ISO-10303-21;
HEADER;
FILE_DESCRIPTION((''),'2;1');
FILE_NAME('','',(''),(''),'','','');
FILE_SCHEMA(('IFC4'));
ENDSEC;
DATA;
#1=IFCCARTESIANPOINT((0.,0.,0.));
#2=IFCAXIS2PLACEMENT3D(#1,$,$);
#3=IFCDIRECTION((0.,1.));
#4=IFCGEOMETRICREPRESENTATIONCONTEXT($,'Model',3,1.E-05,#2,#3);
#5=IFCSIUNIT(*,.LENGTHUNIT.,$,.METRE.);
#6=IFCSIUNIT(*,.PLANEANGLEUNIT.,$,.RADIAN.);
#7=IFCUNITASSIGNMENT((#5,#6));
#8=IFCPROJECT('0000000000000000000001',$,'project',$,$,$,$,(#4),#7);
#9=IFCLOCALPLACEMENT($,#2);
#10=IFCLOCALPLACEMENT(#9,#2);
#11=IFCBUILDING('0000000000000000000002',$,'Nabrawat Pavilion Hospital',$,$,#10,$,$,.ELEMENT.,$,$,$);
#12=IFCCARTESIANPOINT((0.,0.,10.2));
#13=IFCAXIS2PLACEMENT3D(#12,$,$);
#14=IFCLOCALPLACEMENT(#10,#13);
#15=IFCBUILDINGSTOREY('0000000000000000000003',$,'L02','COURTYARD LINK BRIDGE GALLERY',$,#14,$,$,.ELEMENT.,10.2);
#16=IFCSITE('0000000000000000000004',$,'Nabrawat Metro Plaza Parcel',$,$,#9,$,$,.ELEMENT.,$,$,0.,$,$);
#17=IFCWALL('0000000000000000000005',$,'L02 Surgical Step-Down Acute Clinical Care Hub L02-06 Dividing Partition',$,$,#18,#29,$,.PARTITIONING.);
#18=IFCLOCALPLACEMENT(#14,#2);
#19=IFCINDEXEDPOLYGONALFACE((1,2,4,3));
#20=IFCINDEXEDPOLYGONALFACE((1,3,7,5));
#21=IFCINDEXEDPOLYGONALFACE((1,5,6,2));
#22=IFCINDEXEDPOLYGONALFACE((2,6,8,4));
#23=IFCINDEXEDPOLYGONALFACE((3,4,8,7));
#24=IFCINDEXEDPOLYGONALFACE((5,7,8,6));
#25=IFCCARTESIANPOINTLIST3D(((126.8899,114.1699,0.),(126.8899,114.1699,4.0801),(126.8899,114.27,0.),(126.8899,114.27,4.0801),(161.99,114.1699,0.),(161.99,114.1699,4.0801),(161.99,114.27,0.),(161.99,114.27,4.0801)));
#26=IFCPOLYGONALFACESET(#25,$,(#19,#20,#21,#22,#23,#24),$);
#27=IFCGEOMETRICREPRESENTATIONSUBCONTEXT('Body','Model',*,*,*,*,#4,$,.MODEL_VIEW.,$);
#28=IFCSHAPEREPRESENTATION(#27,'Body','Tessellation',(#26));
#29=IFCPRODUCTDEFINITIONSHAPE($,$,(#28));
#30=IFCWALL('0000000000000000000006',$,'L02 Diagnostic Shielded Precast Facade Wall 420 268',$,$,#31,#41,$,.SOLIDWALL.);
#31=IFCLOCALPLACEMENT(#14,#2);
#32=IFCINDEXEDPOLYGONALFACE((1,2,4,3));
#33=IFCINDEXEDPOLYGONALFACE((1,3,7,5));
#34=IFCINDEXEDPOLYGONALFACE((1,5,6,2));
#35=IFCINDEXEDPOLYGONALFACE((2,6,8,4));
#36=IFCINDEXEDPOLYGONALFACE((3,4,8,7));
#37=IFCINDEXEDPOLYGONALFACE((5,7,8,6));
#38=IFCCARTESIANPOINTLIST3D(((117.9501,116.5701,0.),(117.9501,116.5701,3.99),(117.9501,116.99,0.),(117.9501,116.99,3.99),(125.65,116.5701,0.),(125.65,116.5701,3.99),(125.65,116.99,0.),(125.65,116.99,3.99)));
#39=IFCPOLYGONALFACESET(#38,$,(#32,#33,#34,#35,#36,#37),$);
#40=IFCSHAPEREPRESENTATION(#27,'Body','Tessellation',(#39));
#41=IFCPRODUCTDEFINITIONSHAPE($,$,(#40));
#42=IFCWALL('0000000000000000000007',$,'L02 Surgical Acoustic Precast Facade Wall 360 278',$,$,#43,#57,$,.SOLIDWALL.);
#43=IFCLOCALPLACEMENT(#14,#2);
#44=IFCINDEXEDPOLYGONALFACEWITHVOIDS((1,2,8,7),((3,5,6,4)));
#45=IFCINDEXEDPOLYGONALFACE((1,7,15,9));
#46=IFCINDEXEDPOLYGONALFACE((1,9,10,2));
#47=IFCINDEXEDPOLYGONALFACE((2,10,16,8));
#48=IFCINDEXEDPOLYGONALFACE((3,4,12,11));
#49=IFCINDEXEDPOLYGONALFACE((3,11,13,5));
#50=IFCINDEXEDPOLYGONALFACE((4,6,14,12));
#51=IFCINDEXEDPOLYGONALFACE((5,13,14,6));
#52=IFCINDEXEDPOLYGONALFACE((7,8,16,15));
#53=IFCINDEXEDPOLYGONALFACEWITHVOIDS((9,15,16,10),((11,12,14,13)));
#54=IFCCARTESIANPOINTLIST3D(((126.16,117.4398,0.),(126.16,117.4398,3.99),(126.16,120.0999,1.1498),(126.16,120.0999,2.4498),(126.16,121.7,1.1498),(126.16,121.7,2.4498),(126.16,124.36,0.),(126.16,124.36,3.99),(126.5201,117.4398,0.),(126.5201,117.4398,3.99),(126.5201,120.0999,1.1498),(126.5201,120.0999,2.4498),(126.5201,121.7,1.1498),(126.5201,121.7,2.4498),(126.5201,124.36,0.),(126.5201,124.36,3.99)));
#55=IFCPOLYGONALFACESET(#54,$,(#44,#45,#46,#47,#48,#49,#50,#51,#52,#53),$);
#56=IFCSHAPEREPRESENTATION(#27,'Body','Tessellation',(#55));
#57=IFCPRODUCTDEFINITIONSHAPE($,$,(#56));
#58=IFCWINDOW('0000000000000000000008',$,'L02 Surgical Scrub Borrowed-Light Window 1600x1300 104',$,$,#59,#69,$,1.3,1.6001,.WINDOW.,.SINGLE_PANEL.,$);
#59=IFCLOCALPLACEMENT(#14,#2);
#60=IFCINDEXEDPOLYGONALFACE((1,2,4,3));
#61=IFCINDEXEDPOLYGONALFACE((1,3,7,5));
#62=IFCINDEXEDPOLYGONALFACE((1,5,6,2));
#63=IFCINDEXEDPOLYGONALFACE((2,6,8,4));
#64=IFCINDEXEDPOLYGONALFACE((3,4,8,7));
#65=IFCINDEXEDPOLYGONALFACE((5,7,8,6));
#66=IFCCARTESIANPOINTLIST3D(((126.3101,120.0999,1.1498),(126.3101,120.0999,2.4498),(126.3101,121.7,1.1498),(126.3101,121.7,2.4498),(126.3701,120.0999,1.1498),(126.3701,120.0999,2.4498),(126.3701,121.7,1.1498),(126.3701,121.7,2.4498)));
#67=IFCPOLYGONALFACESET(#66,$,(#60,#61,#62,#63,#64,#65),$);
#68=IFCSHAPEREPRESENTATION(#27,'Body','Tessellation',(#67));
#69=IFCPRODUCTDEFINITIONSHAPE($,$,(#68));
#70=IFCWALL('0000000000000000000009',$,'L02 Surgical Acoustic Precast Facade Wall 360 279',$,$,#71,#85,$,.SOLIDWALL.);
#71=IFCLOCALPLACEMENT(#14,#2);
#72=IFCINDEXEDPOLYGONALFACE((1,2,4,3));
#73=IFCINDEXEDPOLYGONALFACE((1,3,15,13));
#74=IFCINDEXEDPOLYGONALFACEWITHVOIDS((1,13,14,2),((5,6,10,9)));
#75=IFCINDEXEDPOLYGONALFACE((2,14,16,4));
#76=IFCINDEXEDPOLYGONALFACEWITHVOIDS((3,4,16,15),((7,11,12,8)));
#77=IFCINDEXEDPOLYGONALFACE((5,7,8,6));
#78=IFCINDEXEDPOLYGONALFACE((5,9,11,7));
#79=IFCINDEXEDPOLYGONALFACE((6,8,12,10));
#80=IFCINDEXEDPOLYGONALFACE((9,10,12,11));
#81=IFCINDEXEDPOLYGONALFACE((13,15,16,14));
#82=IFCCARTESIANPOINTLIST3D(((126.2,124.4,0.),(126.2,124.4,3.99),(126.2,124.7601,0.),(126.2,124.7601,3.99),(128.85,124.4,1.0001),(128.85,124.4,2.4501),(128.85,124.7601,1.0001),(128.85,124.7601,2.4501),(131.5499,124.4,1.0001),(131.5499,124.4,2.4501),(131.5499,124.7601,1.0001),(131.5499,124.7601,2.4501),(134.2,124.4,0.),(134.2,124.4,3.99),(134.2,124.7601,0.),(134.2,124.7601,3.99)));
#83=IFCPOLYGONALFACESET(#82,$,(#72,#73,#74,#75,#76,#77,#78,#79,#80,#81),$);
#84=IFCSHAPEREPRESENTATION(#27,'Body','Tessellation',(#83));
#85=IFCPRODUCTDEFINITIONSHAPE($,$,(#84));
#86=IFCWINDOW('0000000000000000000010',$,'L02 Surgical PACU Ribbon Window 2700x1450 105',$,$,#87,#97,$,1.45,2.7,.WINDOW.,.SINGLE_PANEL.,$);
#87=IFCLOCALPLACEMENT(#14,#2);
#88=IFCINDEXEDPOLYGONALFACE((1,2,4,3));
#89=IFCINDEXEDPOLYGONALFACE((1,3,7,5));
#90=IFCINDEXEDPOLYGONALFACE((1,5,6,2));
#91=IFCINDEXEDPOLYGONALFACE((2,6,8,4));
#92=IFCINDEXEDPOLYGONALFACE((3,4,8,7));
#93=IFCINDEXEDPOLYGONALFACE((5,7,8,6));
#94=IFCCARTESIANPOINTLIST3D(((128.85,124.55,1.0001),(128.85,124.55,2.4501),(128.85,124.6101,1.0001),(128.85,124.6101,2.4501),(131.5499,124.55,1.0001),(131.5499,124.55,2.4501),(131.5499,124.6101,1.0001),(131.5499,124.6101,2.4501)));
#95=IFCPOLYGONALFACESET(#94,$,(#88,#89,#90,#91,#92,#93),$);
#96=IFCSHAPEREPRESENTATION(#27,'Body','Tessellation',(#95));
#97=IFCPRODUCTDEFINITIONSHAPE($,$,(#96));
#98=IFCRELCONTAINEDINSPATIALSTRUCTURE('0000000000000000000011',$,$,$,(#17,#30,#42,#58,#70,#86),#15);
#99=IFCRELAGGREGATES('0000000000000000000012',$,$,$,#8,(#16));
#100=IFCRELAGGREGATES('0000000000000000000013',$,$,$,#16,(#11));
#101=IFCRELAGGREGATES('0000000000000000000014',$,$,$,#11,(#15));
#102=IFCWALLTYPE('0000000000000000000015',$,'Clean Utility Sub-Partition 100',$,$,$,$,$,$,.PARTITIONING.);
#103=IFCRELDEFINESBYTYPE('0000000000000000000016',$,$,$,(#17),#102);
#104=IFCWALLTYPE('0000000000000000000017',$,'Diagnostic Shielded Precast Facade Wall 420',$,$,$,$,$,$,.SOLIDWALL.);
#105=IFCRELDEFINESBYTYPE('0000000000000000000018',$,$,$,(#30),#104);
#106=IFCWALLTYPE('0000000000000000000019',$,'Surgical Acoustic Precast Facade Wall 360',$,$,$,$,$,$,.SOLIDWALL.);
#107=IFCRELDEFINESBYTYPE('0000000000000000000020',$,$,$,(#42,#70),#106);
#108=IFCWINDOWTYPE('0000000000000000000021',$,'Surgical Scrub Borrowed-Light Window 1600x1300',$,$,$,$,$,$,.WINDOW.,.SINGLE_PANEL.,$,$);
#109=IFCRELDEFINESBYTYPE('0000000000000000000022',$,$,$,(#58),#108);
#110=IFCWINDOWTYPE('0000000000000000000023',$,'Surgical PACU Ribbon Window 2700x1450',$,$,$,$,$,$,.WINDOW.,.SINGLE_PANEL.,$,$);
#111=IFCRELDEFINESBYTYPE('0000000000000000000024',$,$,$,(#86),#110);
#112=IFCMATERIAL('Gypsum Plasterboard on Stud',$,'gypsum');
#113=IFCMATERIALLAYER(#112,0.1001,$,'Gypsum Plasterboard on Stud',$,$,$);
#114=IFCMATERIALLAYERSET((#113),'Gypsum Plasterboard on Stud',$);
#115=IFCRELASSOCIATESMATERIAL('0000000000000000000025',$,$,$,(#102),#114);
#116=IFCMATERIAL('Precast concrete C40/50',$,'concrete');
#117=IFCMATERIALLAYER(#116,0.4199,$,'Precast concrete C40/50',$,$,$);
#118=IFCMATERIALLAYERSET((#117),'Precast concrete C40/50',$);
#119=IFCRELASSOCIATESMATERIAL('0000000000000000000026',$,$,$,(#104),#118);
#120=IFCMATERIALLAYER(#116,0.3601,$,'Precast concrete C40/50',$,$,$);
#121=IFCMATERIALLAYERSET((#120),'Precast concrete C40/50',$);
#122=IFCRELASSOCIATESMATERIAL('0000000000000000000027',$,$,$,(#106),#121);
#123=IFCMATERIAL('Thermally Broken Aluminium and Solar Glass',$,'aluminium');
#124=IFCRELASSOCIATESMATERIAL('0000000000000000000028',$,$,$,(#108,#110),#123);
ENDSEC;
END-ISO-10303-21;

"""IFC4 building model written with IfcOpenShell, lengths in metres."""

from ifc_helpers import new_model, si_unit, direction, frame, frame_2d, origin, place, context, subcontext, project, spatial, rectangle, extrude, material, layer, layer_set, type_object, element, fill, save


model = new_model("IFC4")

# Units and contexts
model_context = context("Model", 3, precision=1e-05, world=origin(), true_north=direction((0.0, 1.0)))
body_context = subcontext(model_context, "Body", "Model", "MODEL_VIEW")
ifc_project = project(units=[si_unit("LENGTHUNIT", "METRE"), si_unit("PLANEANGLEUNIT", "RADIAN")], contexts=[model_context])

# Site, building, storey
site_placement = place(None, origin())
site = spatial("IfcSite", under=ifc_project, at=site_placement, Name="Nabrawat Metro Plaza Parcel", CompositionType="ELEMENT", RefElevation=0.0)
building_placement = place(site_placement, origin())
building = spatial("IfcBuilding", under=site, at=building_placement, Name="Nabrawat Pavilion Hospital", CompositionType="ELEMENT")
storey_placement = place(building_placement, frame((0.0, 0.0, 10.2)))
storey = spatial("IfcBuildingStorey", under=building, at=storey_placement, Name="L02", Description="COURTYARD LINK BRIDGE GALLERY", CompositionType="ELEMENT", Elevation=10.2)

# Walls
ifc_material_1 = material(Name="Gypsum Plasterboard on Stud", Category="gypsum")
ifc_layer_1 = layer(ifc_material_1, 0.1001, Name="Gypsum Plasterboard on Stud")
ifc_layer_set_1 = layer_set([ifc_layer_1], Name="Gypsum Plasterboard on Stud")
wall_type_1 = type_object("IfcWallType", Name="Clean Utility Sub-Partition 100", PredefinedType="PARTITIONING", material=ifc_layer_set_1)
wall_1_placement = place(storey_placement, frame((126.8899, 114.22, 0.0), z_axis=(0.0, 0.0, 1.0), x_axis=(1.0, 0.0, 0.0)))
element("IfcWall", 1, at=wall_1_placement, inside=storey, type_object=wall_type_1, Name="L02 Surgical Step-Down Acute Clinical Care Hub L02-06 Dividing Partition", PredefinedType="PARTITIONING", context=body_context, shape_type="SweptSolid", body=[
    extrude(rectangle(XDim=35.1001, YDim=0.1001, at=frame_2d((17.55, 0.0))), origin(), (0.0, 0.0, 1.0), 4.0801),
])
ifc_material_2 = material(Name="Precast concrete C40/50", Category="concrete")
ifc_layer_2 = layer(ifc_material_2, 0.4199, Name="Precast concrete C40/50")
ifc_layer_set_2 = layer_set([ifc_layer_2], Name="Precast concrete C40/50")
wall_type_2 = type_object("IfcWallType", Name="Diagnostic Shielded Precast Facade Wall 420", PredefinedType="SOLIDWALL", material=ifc_layer_set_2)
wall_2_placement = place(storey_placement, frame((117.95, 116.78, 0.0), z_axis=(0.0, 0.0, 1.0), x_axis=(1.0, 0.0, 0.0)))
element("IfcWall", 2, at=wall_2_placement, inside=storey, type_object=wall_type_2, Name="L02 Diagnostic Shielded Precast Facade Wall 420 268", PredefinedType="SOLIDWALL", context=body_context, shape_type="SweptSolid", body=[
    extrude(rectangle(XDim=7.7, YDim=0.4199, at=frame_2d((3.8501, 0.0))), origin(), (0.0, 0.0, 1.0), 3.99),
])

# Walls, openings, windows
ifc_layer_3 = layer(ifc_material_2, 0.3601, Name="Precast concrete C40/50")
ifc_layer_set_3 = layer_set([ifc_layer_3], Name="Precast concrete C40/50")
wall_type_3 = type_object("IfcWallType", Name="Surgical Acoustic Precast Facade Wall 360", PredefinedType="SOLIDWALL", material=ifc_layer_set_3)
wall_3_placement = place(storey_placement, frame((126.3401, 117.4399, 0.0), z_axis=(0.0, 0.0, 1.0), x_axis=(0.0, 1.0, 0.0)))
wall_3 = element("IfcWall", 3, at=wall_3_placement, inside=storey, type_object=wall_type_3, Name="L02 Surgical Acoustic Precast Facade Wall 360 278", PredefinedType="SOLIDWALL", context=body_context, shape_type="SweptSolid", body=[
    extrude(rectangle(XDim=6.9202, YDim=0.3601, at=frame_2d((3.46, 0.0))), origin(), (0.0, 0.0, 1.0), 3.99),
])
opening_1_placement = place(wall_3_placement, frame((2.6599, 0.0, 1.1499)))
opening_1 = element("IfcOpeningElement", 4, at=opening_1_placement, cuts=wall_3, PredefinedType="OPENING", context=body_context, shape_type="SweptSolid", body=[
    extrude(rectangle(XDim=1.6001, YDim=1.3, at=frame_2d((0.8, 0.6499))), frame((0.0, 0.1899, 0.0), z_axis=(0.0, -1.0, 0.0), x_axis=(1.0, 0.0, 0.0)), (0.0, 0.0, 1.0), 0.3801),
])
ifc_material_3 = material(Name="Thermally Broken Aluminium and Solar Glass", Category="aluminium")
window_type_1 = type_object("IfcWindowType", Name="Surgical Scrub Borrowed-Light Window 1600x1300", PartitioningType="SINGLE_PANEL", PredefinedType="WINDOW", material=ifc_material_3)
window_1_placement = place(opening_1_placement, origin())
window_1 = element("IfcWindow", 5, at=window_1_placement, inside=storey, type_object=window_type_1, Name="L02 Surgical Scrub Borrowed-Light Window 1600x1300 104", OverallHeight=1.3, OverallWidth=1.6001, PartitioningType="SINGLE_PANEL", PredefinedType="WINDOW", context=body_context, shape_type="SweptSolid", body=[
    extrude(rectangle(XDim=1.6001, YDim=1.3, at=frame_2d((0.8, 0.6499))), frame((0.0, 0.03, 0.0), z_axis=(0.0, -1.0, 0.0), x_axis=(1.0, 0.0, 0.0)), (0.0, 0.0, 1.0), 0.0601),
])
fill(opening_1, window_1)
wall_4_placement = place(storey_placement, frame((126.2, 124.5801, 0.0), z_axis=(0.0, 0.0, 1.0), x_axis=(1.0, 0.0, 0.0)))
wall_4 = element("IfcWall", 6, at=wall_4_placement, inside=storey, type_object=wall_type_3, Name="L02 Surgical Acoustic Precast Facade Wall 360 279", PredefinedType="SOLIDWALL", context=body_context, shape_type="SweptSolid", body=[
    extrude(rectangle(XDim=8.0, YDim=0.3601, at=frame_2d((4.0, 0.0))), origin(), (0.0, 0.0, 1.0), 3.99),
])
opening_2_placement = place(wall_4_placement, frame((2.6499, 0.0, 1.0)))
opening_2 = element("IfcOpeningElement", 7, at=opening_2_placement, cuts=wall_4, PredefinedType="OPENING", context=body_context, shape_type="SweptSolid", body=[
    extrude(rectangle(XDim=2.7, YDim=1.45, at=frame_2d((1.3501, 0.7251))), frame((0.0, 0.1899, 0.0), z_axis=(0.0, -1.0, 0.0), x_axis=(1.0, 0.0, 0.0)), (0.0, 0.0, 1.0), 0.3801),
])
window_type_2 = type_object("IfcWindowType", Name="Surgical PACU Ribbon Window 2700x1450", PartitioningType="SINGLE_PANEL", PredefinedType="WINDOW", material=ifc_material_3)
window_2_placement = place(opening_2_placement, origin())
window_2 = element("IfcWindow", 8, at=window_2_placement, inside=storey, type_object=window_type_2, Name="L02 Surgical PACU Ribbon Window 2700x1450 105", OverallHeight=1.45, OverallWidth=2.7, PartitioningType="SINGLE_PANEL", PredefinedType="WINDOW", context=body_context, shape_type="SweptSolid", body=[
    extrude(rectangle(XDim=2.7, YDim=1.45, at=frame_2d((1.3501, 0.7251))), frame((0.0, 0.03, 0.0), z_axis=(0.0, -1.0, 0.0), x_axis=(1.0, 0.0, 0.0)), (0.0, 0.0, 1.0), 0.0601),
])
fill(opening_2, window_2)

save(model, "model.ifc")
